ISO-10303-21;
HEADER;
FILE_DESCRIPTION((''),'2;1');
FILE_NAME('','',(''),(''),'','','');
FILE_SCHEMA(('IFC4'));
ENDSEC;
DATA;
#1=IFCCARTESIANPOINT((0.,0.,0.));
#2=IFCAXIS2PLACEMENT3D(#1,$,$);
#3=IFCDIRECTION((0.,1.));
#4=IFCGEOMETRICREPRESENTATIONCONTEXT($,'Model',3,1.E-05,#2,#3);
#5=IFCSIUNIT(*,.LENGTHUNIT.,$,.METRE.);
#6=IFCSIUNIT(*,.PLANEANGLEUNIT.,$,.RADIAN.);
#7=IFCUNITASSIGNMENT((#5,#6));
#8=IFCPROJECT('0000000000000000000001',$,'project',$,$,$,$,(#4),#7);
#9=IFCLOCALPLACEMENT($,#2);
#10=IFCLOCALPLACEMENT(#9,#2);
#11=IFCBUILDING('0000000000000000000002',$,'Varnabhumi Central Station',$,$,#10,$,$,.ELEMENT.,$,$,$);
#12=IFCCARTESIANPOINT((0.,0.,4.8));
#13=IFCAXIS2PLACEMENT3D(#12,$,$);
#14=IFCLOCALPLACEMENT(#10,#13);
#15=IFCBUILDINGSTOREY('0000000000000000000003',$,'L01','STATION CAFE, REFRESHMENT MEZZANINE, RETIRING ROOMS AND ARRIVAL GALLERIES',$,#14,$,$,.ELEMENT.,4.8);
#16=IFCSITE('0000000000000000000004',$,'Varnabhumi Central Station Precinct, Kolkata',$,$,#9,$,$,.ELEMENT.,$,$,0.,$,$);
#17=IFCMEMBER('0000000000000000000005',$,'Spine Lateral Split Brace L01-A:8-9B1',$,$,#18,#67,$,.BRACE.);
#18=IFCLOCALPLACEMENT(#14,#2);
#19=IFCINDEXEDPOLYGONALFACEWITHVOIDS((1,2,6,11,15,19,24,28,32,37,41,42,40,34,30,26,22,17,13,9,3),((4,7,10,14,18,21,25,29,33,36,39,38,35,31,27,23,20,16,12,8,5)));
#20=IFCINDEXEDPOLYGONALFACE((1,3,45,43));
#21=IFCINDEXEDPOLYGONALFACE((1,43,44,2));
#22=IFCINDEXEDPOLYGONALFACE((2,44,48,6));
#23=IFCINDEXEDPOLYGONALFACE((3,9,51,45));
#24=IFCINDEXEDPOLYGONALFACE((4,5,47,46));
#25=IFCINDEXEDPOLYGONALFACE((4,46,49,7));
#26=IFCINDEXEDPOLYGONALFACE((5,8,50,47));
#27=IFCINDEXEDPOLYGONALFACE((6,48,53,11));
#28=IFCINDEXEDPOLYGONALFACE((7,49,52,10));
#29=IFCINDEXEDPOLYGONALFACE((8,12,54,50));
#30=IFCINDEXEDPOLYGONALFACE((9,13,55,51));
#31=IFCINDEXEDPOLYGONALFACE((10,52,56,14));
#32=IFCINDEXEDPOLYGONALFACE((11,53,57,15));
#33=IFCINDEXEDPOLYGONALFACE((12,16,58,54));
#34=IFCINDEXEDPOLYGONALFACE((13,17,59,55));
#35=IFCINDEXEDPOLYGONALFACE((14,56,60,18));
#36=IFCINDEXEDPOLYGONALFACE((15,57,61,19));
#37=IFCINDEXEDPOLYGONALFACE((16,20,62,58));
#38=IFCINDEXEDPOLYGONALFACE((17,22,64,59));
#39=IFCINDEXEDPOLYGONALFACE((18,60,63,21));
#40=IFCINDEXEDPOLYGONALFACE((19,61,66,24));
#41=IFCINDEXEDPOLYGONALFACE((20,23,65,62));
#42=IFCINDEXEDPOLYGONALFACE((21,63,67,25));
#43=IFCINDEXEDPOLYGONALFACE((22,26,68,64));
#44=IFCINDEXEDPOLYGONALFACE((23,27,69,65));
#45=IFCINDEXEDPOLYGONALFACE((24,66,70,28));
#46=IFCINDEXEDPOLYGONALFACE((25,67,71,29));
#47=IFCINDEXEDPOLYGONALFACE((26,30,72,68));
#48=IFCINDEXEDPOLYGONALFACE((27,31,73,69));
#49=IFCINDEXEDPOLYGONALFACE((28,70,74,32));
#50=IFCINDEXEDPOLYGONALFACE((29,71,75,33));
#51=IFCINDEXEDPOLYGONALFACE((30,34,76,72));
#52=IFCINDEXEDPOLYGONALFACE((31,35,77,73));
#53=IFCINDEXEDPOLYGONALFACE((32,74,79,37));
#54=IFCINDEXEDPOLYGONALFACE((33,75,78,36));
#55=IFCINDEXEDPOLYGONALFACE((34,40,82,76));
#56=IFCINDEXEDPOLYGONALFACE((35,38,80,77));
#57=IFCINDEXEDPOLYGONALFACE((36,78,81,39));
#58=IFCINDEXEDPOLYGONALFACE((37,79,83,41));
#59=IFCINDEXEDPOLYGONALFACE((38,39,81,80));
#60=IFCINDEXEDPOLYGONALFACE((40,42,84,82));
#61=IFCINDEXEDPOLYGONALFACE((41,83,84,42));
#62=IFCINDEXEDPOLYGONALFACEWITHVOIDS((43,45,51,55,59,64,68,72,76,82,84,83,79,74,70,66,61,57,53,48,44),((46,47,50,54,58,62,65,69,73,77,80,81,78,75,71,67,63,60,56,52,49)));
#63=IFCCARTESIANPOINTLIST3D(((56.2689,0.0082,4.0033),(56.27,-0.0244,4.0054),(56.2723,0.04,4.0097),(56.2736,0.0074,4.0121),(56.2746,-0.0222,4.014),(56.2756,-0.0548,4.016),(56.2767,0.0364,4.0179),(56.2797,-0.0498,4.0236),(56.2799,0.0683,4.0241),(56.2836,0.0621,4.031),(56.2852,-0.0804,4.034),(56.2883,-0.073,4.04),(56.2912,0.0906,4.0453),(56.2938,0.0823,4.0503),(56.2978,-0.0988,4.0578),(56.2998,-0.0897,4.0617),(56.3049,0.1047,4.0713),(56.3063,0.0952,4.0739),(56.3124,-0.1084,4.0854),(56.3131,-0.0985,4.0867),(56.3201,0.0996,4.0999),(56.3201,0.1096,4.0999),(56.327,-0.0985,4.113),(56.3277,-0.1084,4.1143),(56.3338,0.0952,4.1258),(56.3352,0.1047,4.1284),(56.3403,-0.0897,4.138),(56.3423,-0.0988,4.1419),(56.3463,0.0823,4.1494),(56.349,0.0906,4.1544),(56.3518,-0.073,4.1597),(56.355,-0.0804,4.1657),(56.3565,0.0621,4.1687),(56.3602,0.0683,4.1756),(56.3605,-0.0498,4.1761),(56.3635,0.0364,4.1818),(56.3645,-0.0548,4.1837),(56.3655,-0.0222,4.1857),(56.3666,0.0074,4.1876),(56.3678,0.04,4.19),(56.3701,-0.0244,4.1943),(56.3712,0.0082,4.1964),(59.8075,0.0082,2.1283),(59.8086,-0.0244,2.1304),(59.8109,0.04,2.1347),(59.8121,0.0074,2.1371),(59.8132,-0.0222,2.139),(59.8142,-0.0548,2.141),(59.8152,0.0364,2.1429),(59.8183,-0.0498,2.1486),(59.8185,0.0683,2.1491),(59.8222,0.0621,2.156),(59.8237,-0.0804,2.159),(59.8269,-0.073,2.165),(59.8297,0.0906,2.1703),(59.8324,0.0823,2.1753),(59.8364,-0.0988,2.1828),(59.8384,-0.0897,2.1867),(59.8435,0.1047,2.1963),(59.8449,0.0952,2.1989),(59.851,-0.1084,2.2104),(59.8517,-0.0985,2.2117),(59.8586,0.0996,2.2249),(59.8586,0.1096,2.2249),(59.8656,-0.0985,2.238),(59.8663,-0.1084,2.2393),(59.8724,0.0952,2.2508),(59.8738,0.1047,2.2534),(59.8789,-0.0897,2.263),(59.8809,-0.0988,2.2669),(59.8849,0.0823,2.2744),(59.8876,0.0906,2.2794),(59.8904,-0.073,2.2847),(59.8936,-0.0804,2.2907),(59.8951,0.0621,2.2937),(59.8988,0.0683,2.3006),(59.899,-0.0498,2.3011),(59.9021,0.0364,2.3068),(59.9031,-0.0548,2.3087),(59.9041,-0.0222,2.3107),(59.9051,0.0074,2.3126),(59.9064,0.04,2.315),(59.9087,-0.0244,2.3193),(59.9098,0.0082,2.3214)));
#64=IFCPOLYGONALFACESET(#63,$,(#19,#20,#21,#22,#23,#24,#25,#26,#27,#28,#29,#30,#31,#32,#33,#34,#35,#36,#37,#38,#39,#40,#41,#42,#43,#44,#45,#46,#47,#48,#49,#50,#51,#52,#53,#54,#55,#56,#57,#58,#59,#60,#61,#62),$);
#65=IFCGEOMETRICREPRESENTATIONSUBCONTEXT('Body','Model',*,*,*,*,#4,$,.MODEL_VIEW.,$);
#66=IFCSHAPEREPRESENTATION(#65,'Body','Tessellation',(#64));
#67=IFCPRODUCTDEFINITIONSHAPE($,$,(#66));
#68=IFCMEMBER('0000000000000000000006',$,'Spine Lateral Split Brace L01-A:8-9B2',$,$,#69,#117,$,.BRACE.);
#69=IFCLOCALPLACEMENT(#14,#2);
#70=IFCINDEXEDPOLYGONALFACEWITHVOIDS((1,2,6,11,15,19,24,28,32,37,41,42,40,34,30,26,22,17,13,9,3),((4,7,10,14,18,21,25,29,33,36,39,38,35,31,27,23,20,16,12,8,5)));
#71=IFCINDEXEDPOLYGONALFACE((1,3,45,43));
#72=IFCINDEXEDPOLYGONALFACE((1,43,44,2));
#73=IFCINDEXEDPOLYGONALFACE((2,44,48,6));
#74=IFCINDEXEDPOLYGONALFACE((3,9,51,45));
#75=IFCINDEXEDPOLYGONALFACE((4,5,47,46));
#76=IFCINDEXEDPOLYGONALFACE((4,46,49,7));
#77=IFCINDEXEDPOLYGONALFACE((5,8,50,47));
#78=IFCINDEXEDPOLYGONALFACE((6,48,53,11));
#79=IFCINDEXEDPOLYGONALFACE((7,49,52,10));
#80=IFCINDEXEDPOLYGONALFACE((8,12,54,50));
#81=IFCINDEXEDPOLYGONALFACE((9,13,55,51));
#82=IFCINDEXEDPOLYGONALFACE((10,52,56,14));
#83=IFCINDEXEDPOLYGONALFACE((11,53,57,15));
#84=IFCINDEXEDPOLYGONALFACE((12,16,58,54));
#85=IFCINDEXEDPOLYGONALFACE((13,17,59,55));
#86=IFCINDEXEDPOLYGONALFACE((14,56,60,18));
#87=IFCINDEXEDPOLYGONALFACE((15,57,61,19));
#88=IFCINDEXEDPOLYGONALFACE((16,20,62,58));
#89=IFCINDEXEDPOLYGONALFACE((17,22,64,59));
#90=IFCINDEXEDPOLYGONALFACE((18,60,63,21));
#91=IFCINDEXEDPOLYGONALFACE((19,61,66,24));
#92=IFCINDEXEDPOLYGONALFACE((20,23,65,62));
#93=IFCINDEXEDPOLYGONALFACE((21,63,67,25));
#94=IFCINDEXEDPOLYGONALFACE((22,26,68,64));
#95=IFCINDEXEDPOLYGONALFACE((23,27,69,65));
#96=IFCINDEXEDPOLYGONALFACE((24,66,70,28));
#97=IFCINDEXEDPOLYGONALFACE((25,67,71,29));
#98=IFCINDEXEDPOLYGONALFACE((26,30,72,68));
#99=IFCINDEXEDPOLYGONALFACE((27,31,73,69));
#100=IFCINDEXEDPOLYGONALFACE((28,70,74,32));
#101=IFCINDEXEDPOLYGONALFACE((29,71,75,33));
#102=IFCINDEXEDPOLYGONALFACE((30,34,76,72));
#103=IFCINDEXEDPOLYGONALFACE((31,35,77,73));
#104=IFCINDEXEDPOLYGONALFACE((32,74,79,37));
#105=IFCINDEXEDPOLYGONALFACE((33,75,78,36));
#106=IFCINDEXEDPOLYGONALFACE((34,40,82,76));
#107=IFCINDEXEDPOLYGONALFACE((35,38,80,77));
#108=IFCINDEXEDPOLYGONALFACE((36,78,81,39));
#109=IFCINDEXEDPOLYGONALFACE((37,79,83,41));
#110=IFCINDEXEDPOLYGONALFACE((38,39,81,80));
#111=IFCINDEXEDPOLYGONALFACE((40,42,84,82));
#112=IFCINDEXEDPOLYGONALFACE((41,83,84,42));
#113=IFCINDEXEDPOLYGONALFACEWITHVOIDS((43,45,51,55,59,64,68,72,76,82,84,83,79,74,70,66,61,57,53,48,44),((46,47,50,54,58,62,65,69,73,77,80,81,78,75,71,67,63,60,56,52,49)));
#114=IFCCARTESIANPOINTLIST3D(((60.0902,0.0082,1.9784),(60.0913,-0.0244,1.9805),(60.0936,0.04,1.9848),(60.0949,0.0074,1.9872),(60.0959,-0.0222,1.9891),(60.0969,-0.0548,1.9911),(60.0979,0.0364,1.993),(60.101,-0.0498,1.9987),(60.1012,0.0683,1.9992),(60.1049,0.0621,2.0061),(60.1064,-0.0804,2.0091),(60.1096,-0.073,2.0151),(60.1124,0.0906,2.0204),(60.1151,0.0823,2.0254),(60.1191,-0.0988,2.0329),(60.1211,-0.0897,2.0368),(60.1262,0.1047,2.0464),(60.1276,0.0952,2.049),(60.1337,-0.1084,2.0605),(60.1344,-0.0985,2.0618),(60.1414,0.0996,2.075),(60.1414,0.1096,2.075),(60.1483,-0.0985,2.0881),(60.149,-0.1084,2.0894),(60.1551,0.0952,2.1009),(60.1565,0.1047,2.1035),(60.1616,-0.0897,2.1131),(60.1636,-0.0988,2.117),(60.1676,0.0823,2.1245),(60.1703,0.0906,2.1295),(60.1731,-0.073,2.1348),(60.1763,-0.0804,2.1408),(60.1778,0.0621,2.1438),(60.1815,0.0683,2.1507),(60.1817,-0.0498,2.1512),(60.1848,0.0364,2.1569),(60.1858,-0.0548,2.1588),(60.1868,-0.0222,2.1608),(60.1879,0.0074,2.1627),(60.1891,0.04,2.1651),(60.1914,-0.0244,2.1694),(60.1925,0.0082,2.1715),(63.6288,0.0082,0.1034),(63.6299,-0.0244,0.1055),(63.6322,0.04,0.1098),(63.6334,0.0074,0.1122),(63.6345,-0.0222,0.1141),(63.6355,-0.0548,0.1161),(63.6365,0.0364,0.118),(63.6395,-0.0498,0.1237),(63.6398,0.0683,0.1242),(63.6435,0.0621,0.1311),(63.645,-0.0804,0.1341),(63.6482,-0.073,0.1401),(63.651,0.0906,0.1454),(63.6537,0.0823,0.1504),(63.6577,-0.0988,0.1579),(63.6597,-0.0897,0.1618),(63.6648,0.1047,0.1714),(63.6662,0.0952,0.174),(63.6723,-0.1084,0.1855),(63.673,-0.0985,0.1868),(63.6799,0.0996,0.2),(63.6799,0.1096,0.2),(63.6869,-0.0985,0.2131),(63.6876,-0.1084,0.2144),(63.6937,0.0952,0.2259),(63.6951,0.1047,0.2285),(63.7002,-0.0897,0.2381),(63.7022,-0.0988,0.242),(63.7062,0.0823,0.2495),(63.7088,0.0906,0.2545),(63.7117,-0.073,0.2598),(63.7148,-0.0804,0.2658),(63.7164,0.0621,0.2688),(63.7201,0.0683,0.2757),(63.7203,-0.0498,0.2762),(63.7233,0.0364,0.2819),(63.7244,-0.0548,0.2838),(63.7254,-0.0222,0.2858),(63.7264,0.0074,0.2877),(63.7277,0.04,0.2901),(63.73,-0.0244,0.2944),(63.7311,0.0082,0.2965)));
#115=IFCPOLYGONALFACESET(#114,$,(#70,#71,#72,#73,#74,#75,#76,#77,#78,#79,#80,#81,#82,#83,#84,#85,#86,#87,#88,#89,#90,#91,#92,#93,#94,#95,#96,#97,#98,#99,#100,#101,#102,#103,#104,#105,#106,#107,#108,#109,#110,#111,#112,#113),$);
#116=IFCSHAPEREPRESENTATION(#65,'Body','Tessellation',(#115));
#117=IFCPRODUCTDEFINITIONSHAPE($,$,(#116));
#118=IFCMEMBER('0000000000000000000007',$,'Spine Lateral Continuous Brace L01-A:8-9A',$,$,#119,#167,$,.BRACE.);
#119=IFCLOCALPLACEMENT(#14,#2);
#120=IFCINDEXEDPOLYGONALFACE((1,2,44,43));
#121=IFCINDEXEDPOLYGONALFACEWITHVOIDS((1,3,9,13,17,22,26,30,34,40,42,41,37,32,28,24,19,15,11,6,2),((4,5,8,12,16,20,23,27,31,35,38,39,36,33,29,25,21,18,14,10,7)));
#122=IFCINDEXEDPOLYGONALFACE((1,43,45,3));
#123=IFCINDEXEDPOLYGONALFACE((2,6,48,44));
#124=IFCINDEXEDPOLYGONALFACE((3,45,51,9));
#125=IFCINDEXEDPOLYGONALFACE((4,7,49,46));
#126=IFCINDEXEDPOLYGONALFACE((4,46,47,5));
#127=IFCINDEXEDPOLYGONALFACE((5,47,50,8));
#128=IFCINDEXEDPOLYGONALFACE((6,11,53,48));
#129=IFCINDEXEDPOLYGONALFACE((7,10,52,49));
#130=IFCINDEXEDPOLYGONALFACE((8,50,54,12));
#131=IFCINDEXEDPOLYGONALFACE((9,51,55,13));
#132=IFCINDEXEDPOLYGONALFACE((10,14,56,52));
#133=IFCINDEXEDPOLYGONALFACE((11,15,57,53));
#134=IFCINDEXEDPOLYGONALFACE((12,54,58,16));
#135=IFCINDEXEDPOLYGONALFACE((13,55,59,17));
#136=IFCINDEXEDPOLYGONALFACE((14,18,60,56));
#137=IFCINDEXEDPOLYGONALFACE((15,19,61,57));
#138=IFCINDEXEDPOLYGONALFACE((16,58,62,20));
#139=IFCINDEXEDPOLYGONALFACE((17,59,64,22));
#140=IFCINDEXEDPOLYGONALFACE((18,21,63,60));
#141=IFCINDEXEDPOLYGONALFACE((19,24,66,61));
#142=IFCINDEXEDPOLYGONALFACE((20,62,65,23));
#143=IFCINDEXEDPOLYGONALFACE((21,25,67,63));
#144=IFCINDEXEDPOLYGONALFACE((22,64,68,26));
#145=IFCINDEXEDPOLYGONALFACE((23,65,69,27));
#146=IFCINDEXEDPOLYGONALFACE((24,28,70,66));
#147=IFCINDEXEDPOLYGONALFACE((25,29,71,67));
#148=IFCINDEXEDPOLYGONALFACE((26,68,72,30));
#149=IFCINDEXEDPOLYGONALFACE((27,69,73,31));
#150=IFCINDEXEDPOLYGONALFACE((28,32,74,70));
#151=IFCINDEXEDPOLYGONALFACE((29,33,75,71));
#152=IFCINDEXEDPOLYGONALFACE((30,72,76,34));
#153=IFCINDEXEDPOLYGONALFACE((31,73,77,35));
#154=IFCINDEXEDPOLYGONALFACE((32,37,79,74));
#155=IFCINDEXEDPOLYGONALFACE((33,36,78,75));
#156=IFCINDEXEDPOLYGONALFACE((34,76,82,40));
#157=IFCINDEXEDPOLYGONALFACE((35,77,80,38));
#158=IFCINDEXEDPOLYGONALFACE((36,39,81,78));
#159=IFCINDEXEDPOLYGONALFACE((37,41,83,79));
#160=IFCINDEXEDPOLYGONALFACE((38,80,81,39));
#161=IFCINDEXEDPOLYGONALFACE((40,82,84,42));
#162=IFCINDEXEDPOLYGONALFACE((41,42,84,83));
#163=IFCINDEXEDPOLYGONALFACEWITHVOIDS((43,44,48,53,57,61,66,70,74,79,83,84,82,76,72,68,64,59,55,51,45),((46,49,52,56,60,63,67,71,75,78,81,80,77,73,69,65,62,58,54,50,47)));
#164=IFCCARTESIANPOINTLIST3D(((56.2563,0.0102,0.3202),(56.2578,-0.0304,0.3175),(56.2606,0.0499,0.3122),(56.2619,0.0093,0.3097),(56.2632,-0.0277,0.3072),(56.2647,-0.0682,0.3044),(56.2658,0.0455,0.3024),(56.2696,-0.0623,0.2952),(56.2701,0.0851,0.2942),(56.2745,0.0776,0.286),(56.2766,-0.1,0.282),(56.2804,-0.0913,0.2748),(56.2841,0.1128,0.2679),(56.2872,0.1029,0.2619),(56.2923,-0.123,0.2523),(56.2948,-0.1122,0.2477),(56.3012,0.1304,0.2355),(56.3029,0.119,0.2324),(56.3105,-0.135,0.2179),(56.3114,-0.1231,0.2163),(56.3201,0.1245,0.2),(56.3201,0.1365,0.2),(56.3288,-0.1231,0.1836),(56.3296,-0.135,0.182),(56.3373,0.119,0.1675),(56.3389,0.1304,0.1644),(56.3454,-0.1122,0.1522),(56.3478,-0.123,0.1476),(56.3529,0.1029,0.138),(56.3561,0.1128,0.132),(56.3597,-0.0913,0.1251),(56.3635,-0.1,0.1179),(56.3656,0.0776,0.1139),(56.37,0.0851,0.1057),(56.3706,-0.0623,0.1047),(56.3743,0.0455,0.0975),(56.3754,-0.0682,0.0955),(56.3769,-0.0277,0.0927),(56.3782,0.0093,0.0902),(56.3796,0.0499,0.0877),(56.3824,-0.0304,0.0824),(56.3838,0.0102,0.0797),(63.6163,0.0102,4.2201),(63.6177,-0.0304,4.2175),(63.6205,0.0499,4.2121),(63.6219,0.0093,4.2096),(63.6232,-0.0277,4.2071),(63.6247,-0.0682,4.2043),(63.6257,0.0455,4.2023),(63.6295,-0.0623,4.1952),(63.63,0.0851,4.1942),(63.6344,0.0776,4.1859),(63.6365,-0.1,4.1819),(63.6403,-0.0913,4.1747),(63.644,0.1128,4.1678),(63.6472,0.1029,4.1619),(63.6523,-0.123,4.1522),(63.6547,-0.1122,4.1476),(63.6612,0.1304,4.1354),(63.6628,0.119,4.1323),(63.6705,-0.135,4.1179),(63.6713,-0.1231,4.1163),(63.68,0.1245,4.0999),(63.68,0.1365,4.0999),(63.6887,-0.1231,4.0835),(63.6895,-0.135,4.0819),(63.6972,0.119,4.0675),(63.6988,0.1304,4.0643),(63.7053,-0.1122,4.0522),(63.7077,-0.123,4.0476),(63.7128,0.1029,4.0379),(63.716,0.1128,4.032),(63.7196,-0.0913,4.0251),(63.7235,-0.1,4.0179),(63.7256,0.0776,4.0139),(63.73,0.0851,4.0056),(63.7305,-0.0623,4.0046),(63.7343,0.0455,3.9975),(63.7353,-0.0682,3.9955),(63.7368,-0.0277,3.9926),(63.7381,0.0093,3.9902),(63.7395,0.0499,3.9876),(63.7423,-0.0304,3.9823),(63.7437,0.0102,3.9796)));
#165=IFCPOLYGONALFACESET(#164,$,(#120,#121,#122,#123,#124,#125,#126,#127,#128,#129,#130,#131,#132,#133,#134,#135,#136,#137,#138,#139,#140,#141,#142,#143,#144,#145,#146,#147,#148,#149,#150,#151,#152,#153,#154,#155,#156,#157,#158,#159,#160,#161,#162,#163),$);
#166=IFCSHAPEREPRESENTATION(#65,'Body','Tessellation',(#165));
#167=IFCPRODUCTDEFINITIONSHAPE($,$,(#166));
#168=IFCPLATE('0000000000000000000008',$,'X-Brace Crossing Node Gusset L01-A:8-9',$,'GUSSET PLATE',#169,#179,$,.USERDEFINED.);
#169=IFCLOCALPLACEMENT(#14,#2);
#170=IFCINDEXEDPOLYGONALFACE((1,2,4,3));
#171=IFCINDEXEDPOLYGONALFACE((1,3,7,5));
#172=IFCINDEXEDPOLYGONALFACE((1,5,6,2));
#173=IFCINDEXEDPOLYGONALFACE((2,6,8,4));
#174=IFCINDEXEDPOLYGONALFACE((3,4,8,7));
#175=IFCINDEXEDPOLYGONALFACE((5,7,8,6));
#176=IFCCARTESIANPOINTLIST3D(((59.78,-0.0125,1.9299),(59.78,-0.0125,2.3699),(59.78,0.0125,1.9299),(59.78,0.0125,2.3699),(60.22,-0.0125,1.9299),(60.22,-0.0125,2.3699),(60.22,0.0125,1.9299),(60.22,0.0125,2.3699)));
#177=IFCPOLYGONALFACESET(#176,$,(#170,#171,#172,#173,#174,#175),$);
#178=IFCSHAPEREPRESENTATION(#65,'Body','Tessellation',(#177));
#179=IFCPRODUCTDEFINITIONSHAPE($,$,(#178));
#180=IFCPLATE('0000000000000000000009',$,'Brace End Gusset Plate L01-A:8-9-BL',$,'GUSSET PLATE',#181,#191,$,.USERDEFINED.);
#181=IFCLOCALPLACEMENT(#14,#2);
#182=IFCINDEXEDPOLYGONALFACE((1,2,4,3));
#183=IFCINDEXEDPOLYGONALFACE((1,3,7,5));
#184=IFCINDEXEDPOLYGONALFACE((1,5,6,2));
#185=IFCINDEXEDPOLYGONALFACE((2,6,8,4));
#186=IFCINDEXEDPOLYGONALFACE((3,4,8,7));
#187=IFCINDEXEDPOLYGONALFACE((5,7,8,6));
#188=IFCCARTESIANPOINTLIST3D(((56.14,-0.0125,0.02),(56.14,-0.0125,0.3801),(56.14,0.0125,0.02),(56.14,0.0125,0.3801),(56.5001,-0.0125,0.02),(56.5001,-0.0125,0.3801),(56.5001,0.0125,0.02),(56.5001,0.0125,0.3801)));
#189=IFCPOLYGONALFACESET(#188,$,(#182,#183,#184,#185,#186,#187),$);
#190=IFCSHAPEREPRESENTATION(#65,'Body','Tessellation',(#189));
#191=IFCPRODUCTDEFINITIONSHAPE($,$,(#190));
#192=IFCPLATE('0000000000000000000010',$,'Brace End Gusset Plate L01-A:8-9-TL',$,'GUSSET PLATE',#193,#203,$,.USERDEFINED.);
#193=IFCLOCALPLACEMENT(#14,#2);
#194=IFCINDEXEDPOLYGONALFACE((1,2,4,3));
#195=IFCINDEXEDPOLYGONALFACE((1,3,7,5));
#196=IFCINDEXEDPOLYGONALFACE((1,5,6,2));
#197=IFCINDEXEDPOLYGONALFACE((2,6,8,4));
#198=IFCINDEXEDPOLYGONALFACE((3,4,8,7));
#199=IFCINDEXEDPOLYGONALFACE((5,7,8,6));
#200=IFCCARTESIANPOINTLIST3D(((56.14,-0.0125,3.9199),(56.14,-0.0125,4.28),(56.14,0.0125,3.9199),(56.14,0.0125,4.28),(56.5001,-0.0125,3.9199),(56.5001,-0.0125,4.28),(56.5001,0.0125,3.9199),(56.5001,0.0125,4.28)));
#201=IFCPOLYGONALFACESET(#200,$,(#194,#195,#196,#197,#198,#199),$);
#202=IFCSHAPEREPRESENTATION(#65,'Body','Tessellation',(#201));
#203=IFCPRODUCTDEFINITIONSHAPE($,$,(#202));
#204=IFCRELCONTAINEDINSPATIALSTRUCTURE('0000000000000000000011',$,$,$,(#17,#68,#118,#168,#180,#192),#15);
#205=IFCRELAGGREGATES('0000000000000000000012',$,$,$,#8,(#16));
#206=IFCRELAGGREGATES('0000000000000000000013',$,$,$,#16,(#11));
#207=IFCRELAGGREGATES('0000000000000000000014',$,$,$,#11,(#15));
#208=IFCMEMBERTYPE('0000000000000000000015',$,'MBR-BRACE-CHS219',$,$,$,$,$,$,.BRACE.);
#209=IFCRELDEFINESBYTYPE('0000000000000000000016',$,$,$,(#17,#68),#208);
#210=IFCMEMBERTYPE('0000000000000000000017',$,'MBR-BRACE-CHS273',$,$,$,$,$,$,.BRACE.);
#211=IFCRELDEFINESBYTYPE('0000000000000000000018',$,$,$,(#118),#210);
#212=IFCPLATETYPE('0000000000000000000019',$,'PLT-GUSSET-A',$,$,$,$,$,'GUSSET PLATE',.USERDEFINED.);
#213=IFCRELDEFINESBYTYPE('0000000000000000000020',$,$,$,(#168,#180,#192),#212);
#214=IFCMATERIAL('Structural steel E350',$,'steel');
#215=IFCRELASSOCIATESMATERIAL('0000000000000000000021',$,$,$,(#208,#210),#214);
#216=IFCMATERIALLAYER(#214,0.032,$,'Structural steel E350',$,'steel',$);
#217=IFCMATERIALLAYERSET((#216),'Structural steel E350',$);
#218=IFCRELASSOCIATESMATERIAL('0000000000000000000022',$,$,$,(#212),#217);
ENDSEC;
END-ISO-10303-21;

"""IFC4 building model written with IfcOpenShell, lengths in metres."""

from ifc_helpers import new_model, si_unit, direction, frame, origin, origin_2d, place, context, subcontext, project, spatial, rectangle, hollow_circle, extrude, material, layer, layer_set, material_profile, profile_set, type_object, element, save


model = new_model("IFC4")

# Units and contexts
model_context = context("Model", 3, precision=1e-05, world=origin(), true_north=direction((0.0, 1.0)))
body_context = subcontext(model_context, "Body", "Model", "MODEL_VIEW")
ifc_project = project(units=[si_unit("LENGTHUNIT", "METRE"), si_unit("PLANEANGLEUNIT", "RADIAN")], contexts=[model_context])

# Site, building, storey
site_placement = place(None, origin())
site = spatial("IfcSite", under=ifc_project, at=site_placement, Name="Varnabhumi Central Station Precinct, Kolkata", CompositionType="ELEMENT", RefElevation=0.0)
building_placement = place(site_placement, origin())
building = spatial("IfcBuilding", under=site, at=building_placement, Name="Varnabhumi Central Station", CompositionType="ELEMENT")
storey_placement = place(building_placement, frame((0.0, 0.0, 4.8)))
storey = spatial("IfcBuildingStorey", under=building, at=storey_placement, Name="L01", Description="STATION CAFE, REFRESHMENT MEZZANINE, RETIRING ROOMS AND ARRIVAL GALLERIES", CompositionType="ELEMENT", Elevation=4.8)

# Shared definitions
ifc_material_1 = material(Name="Structural steel E350", Category="steel")

# Members
ifc_material_profile_1 = material_profile(ifc_material_1, hollow_circle(Radius=0.1096, WallThickness=0.01, at=origin_2d()), Name="Structural steel E350", Category="steel")
ifc_profile_set_1 = profile_set([ifc_material_profile_1], Name="Structural steel E350")
member_type_1 = type_object("IfcMemberType", Name="MBR-BRACE-CHS219", PredefinedType="BRACE", material=ifc_profile_set_1)
for number, where, z_axis, x_axis, name in (
    (1, (56.3201, 0.0, 4.0999), (0.883619, 0.0, -0.468207), (0.0, 1.0, 0.0), "Spine Lateral Split Brace L01-A:8-9B1"),
    (2, (60.1414, 0.0, 2.075), (0.883619, 0.0, -0.468207), (0.0, 1.0, 0.0), "Spine Lateral Split Brace L01-A:8-9B2"),
):
    element("IfcMember", number, at=place(storey_placement, frame(where, z_axis=z_axis, x_axis=x_axis)), inside=storey, type_object=member_type_1, Name=name, PredefinedType="BRACE", context=body_context, shape_type="SweptSolid", body=[
        extrude(hollow_circle(Radius=0.1096, WallThickness=0.01, at=origin_2d()), origin(), (0.0, 0.0, 1.0), 4.0046),
    ])
ifc_material_profile_2 = material_profile(ifc_material_1, hollow_circle(Radius=0.1365, WallThickness=0.012, at=origin_2d()), Name="Structural steel E350", Category="steel")
ifc_profile_set_2 = profile_set([ifc_material_profile_2], Name="Structural steel E350")
member_type_2 = type_object("IfcMemberType", Name="MBR-BRACE-CHS273", PredefinedType="BRACE", material=ifc_profile_set_2)
member_placement = place(storey_placement, frame((56.3201, 0.0, 0.2), z_axis=(0.883614, 0.0, 0.468216), x_axis=(0.0, 1.0, 0.0)))
element("IfcMember", 3, at=member_placement, inside=storey, type_object=member_type_2, Name="Spine Lateral Continuous Brace L01-A:8-9A", PredefinedType="BRACE", context=body_context, shape_type="SweptSolid", body=[
    extrude(hollow_circle(Radius=0.1365, WallThickness=0.012, at=origin_2d()), origin(), (0.0, 0.0, 1.0), 8.3293),
])

# Plates
ifc_layer_1 = layer(ifc_material_1, 0.032, Name="Structural steel E350", Category="steel")
ifc_layer_set_1 = layer_set([ifc_layer_1], Name="Structural steel E350")
plate_type = type_object("IfcPlateType", Name="PLT-GUSSET-A", ElementType="GUSSET PLATE", PredefinedType="USERDEFINED", material=ifc_layer_set_1)
plate_placement = place(storey_placement, frame((60.0, 0.0, 1.9299), z_axis=(0.0, 0.0, 1.0), x_axis=(1.0, 0.0, 0.0)))
element("IfcPlate", 4, at=plate_placement, inside=storey, type_object=plate_type, Name="X-Brace Crossing Node Gusset L01-A:8-9", ObjectType="GUSSET PLATE", PredefinedType="USERDEFINED", context=body_context, shape_type="SweptSolid", body=[
    extrude(rectangle(XDim=0.4399, YDim=0.0249, at=origin_2d()), origin(), (0.0, 0.0, 1.0), 0.4399),
])
for number, where, z_axis, x_axis, name in (
    (5, (56.3201, 0.0, 0.02), (0.0, 0.0, 1.0), (1.0, 0.0, 0.0), "Brace End Gusset Plate L01-A:8-9-BL"),
    (6, (56.3201, 0.0, 3.9199), (0.0, 0.0, 1.0), (1.0, 0.0, 0.0), "Brace End Gusset Plate L01-A:8-9-TL"),
):
    element("IfcPlate", number, at=place(storey_placement, frame(where, z_axis=z_axis, x_axis=x_axis)), inside=storey, type_object=plate_type, Name=name, ObjectType="GUSSET PLATE", PredefinedType="USERDEFINED", context=body_context, shape_type="SweptSolid", body=[
        extrude(rectangle(XDim=0.3601, YDim=0.0249, at=origin_2d()), origin(), (0.0, 0.0, 1.0), 0.3601),
    ])

save(model, "model.ifc")
